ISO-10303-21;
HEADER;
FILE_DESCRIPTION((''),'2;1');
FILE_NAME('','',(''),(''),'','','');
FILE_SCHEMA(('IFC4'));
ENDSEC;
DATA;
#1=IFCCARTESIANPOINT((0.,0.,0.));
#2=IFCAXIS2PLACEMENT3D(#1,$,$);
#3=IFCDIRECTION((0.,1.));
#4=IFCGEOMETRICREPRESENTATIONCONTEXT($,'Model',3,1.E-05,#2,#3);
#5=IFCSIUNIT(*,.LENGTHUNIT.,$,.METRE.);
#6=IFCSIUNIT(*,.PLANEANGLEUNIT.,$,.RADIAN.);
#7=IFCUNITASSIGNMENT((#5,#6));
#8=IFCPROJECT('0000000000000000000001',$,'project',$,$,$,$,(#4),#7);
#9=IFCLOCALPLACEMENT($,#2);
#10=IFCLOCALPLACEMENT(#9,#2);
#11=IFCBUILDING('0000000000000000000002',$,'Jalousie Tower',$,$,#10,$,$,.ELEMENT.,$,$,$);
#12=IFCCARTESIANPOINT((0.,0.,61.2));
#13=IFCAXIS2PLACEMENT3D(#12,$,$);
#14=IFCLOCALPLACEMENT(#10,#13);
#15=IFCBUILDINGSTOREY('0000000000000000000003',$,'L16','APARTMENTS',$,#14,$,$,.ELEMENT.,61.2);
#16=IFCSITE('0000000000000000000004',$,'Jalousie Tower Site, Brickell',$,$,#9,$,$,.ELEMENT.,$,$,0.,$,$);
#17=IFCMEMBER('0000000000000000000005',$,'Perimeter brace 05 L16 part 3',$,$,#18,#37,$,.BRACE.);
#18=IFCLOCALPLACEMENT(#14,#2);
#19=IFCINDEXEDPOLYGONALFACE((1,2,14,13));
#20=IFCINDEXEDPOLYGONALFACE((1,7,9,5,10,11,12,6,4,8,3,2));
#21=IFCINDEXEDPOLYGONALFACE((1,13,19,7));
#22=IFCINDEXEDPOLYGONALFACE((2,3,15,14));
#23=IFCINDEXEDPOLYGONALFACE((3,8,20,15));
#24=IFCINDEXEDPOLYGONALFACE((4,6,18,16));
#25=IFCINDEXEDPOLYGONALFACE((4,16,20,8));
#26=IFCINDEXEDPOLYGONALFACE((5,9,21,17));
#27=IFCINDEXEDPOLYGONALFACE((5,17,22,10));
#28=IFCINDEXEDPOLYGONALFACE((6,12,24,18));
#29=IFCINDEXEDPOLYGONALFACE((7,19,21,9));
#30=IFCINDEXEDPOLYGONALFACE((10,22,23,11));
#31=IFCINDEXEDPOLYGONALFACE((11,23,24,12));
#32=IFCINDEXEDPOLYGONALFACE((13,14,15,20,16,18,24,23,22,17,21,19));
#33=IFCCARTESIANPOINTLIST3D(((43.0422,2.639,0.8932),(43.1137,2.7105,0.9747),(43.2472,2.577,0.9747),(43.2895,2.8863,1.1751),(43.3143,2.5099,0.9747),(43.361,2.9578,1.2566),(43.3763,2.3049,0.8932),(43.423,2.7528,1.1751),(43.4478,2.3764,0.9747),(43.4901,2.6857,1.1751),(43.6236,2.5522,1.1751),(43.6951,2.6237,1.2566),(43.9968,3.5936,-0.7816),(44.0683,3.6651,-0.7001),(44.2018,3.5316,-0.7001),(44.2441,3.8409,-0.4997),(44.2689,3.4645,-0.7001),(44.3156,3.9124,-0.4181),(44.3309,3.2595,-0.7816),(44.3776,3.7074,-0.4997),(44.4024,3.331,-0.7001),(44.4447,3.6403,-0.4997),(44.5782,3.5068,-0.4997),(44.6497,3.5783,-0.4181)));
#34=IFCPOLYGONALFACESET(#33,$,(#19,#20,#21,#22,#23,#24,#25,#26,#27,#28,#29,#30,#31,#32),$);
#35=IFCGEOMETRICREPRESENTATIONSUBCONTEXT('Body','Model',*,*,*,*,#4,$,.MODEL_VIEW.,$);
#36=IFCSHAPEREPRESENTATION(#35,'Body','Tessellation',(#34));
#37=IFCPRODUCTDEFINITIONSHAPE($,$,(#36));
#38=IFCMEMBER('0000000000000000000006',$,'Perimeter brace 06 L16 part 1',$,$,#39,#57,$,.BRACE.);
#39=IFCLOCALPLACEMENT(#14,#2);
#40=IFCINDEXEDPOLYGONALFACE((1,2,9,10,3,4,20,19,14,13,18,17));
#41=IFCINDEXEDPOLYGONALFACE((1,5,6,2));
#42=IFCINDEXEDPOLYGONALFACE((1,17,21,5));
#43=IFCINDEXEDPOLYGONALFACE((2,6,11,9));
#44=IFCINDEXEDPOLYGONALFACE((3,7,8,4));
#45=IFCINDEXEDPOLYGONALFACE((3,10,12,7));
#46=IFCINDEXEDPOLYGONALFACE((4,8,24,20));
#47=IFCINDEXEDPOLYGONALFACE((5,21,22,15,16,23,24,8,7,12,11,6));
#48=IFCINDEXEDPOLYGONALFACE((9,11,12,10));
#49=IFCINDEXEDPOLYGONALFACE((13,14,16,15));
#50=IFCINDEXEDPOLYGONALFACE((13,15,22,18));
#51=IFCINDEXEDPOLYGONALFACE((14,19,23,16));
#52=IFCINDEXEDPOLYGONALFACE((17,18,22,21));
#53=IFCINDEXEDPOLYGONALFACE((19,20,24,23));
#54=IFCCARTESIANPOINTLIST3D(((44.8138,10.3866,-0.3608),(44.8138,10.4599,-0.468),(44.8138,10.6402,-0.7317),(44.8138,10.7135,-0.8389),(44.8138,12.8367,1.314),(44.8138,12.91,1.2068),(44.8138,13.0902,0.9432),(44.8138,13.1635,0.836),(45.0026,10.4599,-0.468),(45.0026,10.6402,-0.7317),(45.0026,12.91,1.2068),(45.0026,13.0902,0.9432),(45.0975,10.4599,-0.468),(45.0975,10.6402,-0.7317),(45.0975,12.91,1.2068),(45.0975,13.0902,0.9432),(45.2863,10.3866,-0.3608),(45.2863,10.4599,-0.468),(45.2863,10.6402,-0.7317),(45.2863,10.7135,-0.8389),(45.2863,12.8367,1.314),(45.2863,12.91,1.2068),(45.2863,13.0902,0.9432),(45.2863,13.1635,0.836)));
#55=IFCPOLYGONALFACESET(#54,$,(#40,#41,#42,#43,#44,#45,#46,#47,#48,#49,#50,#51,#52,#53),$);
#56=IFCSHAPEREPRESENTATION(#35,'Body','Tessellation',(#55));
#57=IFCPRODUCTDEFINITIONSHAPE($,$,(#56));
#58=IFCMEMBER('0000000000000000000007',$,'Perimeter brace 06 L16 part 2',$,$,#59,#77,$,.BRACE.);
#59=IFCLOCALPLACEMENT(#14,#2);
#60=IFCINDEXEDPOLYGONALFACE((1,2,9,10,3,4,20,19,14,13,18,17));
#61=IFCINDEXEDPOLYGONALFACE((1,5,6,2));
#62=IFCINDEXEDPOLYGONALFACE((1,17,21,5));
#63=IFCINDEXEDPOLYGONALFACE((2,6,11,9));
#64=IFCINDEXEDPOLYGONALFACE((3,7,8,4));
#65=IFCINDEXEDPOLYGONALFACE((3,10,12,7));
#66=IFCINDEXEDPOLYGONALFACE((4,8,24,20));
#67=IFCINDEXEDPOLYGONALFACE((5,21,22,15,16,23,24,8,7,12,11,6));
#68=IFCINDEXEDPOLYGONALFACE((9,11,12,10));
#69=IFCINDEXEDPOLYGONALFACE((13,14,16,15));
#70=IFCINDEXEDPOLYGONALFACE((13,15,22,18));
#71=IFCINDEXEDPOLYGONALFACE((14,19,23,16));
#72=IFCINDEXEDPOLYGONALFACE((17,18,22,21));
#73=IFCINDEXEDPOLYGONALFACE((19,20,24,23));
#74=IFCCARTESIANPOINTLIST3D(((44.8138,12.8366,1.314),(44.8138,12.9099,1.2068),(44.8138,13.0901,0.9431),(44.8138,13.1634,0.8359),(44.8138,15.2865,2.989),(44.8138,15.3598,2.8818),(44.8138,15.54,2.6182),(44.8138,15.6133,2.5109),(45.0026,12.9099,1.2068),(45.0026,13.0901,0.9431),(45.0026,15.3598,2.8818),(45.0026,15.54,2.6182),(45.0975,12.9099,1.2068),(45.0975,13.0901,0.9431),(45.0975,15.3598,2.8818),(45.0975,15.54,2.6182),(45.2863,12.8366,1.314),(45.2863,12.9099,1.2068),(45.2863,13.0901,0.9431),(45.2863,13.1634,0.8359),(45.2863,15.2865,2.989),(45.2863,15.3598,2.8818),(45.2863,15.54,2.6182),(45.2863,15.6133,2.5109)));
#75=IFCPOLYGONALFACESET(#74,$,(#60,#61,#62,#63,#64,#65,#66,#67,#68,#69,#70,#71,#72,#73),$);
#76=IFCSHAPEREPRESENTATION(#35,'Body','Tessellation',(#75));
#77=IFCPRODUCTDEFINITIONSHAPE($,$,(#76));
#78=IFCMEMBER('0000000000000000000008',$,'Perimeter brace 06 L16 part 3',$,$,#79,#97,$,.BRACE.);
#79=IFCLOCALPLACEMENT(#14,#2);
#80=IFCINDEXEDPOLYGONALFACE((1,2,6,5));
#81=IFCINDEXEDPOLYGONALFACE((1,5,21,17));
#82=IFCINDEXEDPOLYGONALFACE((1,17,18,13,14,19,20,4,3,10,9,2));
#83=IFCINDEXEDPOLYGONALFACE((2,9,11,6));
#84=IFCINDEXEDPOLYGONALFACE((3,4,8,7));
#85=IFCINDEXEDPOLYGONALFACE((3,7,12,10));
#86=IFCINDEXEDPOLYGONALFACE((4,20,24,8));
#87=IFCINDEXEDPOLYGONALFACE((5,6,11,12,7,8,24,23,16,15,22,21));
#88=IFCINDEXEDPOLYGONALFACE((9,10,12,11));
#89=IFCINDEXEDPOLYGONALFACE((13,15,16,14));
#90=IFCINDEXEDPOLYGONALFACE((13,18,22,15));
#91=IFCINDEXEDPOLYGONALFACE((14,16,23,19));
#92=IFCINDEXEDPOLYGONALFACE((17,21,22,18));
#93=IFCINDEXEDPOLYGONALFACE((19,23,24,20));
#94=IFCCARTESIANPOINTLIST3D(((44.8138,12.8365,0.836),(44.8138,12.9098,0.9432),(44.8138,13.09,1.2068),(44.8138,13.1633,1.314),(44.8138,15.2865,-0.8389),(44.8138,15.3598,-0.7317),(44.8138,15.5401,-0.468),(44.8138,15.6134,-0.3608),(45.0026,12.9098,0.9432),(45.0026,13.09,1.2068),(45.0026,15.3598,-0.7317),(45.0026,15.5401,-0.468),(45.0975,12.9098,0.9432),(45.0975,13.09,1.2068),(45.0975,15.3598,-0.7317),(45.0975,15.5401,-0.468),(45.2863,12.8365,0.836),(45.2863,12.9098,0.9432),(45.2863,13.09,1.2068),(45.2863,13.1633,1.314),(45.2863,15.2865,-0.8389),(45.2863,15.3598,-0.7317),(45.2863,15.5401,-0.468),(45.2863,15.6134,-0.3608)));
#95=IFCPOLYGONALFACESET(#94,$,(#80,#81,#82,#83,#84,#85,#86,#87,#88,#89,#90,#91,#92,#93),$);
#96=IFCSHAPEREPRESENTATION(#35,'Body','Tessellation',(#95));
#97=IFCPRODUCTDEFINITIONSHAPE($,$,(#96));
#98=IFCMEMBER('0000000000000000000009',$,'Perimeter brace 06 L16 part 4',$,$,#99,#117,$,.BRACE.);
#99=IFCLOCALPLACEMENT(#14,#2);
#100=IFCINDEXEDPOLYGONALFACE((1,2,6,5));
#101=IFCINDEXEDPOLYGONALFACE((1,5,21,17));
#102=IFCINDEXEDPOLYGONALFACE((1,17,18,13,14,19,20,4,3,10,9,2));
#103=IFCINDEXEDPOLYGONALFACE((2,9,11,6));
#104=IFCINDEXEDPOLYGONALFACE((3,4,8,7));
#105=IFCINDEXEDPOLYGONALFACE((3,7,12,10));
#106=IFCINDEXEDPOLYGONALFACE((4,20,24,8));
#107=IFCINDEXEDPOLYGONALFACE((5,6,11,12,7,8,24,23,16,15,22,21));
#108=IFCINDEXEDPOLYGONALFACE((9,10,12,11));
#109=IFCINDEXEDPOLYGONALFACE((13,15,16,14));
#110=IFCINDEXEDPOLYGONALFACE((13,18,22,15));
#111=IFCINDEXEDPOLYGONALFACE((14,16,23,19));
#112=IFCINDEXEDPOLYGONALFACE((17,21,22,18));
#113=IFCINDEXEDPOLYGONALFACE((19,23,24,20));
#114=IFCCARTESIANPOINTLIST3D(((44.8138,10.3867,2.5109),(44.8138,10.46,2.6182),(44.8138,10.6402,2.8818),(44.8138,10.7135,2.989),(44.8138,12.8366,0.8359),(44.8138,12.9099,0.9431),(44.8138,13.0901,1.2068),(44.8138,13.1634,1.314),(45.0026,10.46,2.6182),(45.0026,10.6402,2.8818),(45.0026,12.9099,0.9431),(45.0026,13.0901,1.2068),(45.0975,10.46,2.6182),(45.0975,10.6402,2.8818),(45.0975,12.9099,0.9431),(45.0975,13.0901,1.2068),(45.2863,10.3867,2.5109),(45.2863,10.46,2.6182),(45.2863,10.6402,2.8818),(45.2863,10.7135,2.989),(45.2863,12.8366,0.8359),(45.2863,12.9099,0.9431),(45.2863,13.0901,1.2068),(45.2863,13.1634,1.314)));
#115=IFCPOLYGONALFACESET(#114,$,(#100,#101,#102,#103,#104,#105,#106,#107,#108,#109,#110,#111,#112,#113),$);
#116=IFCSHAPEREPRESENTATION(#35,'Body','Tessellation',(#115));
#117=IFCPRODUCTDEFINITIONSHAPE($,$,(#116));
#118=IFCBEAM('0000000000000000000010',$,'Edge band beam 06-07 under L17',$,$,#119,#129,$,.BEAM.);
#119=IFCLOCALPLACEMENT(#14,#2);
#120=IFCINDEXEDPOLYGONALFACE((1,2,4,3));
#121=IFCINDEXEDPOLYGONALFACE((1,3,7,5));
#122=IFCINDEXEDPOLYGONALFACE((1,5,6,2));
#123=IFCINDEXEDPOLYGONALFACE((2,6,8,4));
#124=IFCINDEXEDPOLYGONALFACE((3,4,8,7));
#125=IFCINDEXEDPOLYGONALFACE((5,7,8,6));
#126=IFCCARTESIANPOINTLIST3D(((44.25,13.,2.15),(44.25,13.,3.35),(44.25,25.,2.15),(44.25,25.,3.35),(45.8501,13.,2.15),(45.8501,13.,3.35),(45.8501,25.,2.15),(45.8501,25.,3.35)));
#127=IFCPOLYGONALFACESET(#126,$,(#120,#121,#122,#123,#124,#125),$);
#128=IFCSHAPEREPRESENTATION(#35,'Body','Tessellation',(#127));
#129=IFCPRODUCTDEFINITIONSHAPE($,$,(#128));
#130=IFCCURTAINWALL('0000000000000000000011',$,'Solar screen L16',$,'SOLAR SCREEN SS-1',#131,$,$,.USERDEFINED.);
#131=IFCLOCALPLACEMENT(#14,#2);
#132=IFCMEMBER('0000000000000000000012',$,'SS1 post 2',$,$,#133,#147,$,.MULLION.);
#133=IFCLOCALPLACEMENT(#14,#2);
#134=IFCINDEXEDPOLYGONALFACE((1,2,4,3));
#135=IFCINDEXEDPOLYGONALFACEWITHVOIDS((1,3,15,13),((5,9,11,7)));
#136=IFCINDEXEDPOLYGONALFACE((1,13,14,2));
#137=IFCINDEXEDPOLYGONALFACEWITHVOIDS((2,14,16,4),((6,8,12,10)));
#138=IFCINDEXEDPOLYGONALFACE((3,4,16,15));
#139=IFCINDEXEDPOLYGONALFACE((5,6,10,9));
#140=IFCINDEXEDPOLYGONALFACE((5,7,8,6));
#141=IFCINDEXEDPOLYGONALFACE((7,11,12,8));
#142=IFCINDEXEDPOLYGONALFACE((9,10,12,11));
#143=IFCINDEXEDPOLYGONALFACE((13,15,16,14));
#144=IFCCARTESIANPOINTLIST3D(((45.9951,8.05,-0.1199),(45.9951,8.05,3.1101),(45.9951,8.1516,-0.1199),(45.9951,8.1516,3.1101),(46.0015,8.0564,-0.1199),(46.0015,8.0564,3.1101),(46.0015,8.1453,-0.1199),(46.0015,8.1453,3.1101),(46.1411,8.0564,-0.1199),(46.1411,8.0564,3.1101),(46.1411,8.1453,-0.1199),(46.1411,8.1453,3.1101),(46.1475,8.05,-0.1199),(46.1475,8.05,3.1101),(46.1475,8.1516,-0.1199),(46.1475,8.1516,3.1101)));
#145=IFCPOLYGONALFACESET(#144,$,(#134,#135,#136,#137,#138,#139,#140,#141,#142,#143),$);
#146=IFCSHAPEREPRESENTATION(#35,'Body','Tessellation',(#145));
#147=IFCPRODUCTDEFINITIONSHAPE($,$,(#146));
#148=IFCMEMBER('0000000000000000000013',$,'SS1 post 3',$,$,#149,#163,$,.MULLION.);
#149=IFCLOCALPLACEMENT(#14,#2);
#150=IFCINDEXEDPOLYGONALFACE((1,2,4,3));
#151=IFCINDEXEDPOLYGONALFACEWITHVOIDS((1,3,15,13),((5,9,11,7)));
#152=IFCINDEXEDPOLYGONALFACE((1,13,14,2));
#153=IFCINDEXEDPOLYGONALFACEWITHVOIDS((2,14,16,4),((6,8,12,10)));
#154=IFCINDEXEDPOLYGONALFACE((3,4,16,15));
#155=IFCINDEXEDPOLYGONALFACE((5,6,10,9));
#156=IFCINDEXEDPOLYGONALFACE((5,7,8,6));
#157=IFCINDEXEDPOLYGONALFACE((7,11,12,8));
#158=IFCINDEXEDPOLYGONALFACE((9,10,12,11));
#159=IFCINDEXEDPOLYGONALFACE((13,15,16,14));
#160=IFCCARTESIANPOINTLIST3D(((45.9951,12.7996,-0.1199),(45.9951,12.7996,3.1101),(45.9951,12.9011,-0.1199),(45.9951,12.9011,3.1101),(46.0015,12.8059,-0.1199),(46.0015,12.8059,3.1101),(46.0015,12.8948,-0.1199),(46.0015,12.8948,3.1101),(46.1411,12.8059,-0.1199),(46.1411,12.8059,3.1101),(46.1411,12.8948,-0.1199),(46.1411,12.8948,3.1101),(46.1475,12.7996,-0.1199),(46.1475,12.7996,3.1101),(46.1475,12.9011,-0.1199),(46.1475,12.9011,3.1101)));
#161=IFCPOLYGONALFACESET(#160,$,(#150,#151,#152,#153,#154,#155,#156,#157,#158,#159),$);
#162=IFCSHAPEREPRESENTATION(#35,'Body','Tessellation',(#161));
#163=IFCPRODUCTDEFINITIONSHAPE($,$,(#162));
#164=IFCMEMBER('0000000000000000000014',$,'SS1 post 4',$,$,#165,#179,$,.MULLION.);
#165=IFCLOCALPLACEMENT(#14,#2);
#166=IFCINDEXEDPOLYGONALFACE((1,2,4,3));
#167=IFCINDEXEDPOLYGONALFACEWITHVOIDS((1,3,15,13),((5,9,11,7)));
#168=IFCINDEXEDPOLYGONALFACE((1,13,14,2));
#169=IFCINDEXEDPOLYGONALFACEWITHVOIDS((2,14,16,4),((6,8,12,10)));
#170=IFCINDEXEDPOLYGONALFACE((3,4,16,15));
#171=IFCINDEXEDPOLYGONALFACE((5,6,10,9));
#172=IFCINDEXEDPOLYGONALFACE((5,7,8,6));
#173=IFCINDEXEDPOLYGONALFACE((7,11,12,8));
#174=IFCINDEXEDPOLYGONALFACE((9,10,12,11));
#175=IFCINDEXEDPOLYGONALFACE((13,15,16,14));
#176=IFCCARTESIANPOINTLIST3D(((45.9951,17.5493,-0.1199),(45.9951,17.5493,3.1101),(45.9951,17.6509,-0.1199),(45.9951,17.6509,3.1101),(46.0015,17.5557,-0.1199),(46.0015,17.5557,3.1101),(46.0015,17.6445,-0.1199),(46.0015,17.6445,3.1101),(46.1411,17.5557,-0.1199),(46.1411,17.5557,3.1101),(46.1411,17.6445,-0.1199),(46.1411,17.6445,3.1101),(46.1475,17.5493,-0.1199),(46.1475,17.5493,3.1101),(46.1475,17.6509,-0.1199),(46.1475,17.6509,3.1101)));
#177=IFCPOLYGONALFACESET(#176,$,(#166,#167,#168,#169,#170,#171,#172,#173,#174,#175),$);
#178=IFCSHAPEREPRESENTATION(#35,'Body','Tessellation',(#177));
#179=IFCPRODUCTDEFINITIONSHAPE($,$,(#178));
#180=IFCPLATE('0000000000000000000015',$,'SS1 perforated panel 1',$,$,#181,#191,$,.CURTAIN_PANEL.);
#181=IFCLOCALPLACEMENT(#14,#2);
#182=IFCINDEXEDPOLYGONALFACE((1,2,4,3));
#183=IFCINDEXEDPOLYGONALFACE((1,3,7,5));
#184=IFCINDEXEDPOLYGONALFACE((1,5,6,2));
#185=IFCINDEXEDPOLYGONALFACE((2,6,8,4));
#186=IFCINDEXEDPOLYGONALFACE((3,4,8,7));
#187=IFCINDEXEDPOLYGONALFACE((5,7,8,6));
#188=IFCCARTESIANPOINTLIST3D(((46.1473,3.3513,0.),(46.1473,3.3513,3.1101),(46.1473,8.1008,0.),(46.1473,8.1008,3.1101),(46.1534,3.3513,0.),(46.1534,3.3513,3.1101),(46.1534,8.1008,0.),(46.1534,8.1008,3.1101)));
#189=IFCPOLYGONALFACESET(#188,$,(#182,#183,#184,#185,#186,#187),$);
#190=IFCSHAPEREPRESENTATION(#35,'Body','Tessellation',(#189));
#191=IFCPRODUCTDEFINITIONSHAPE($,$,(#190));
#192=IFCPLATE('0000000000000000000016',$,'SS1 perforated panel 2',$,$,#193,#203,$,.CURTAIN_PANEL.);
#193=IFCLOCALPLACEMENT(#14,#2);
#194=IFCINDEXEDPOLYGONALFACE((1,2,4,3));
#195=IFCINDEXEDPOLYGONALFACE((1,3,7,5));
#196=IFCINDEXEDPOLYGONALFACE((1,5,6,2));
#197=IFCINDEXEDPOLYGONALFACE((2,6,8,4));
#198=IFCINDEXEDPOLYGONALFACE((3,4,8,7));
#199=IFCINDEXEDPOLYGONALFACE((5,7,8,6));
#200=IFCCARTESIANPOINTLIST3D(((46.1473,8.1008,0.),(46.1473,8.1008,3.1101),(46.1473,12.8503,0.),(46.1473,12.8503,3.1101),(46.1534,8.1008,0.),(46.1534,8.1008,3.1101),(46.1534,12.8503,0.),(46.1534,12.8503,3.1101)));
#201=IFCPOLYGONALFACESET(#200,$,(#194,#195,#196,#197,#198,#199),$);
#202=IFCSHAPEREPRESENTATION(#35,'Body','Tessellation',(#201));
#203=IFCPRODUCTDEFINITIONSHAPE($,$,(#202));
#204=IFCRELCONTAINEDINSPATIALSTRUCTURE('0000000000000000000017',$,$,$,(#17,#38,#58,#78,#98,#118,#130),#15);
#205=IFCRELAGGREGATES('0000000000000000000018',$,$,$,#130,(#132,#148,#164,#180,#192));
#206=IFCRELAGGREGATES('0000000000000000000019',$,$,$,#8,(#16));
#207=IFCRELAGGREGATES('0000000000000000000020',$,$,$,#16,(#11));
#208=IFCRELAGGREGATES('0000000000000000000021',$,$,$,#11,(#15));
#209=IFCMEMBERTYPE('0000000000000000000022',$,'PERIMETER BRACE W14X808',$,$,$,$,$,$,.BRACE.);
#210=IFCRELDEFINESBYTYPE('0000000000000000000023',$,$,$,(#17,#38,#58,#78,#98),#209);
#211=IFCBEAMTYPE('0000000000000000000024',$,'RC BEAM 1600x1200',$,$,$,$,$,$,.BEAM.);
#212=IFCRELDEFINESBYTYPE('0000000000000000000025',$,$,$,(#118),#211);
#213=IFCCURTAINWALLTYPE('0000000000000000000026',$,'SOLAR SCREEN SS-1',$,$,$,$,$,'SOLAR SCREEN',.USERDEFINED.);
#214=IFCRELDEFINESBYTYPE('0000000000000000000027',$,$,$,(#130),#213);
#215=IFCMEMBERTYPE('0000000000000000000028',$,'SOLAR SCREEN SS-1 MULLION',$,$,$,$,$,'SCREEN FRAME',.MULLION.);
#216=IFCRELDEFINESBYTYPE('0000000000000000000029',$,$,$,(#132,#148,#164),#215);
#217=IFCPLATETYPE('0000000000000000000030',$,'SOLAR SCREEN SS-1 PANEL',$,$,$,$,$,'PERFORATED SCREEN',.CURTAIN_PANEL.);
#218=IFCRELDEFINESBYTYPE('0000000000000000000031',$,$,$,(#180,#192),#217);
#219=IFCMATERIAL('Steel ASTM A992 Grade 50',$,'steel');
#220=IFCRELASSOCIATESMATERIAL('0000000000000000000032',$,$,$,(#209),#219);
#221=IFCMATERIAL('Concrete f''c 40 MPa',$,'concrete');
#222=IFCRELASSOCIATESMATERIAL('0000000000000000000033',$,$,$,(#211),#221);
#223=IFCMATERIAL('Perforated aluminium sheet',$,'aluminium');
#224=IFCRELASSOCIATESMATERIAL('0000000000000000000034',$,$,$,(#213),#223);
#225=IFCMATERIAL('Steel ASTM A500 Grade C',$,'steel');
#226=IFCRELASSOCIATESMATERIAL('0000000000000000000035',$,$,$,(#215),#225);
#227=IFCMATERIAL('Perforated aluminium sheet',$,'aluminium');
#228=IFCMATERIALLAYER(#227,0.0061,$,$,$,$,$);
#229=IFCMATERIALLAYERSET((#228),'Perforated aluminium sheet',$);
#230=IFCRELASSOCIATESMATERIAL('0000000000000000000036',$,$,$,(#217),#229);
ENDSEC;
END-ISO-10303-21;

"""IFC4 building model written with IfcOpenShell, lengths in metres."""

from ifc_helpers import new_model, si_unit, direction, frame, origin, origin_2d, place, context, subcontext, project, spatial, rectangle, hollow_rectangle, i_section, extrude, material, layer, layer_set, material_profile, profile_set, type_object, element, aggregate, save


model = new_model("IFC4")

# Units and contexts
model_context = context("Model", 3, precision=1e-05, world=origin(), true_north=direction((0.0, 1.0)))
body_context = subcontext(model_context, "Body", "Model", "MODEL_VIEW")
ifc_project = project(units=[si_unit("LENGTHUNIT", "METRE"), si_unit("PLANEANGLEUNIT", "RADIAN")], contexts=[model_context])

# Site, building, storey
site_placement = place(None, origin())
site = spatial("IfcSite", under=ifc_project, at=site_placement, Name="Jalousie Tower Site, Brickell", CompositionType="ELEMENT", RefElevation=0.0)
building_placement = place(site_placement, origin())
building = spatial("IfcBuilding", under=site, at=building_placement, Name="Jalousie Tower", CompositionType="ELEMENT")
storey_placement = place(building_placement, frame((0.0, 0.0, 61.2)))
storey = spatial("IfcBuildingStorey", under=building, at=storey_placement, Name="L16", Description="APARTMENTS", CompositionType="ELEMENT", Elevation=61.2)

# Members
ifc_material_1 = material(Name="Steel ASTM A992 Grade 50", Category="steel")
ifc_material_profile_1 = material_profile(ifc_material_1, i_section(OverallWidth=0.4724, OverallDepth=0.5791, WebThickness=0.095, FlangeThickness=0.1299, at=origin_2d()), Name="W14X808")
ifc_profile_set_1 = profile_set([ifc_material_profile_1], Name="Steel ASTM A992 Grade 50")
member_type_1 = type_object("IfcMemberType", Name="PERIMETER BRACE W14X808", PredefinedType="BRACE", material=ifc_profile_set_1)
member_1_placement = place(storey_placement, frame((44.3232, 3.5859, -0.5999), z_axis=(-0.443758, -0.443758, 0.778562), x_axis=(0.707107, -0.707107, 0.0)))
element("IfcMember", 1, at=member_1_placement, inside=storey, type_object=member_type_1, Name="Perimeter brace 05 L16 part 3", PredefinedType="BRACE", context=body_context, shape_type="SweptSolid", body=[
    extrude(i_section(OverallWidth=0.4724, OverallDepth=0.5791, WebThickness=0.095, FlangeThickness=0.1299, at=origin_2d()), origin(), (0.0, 0.0, 1.0), 2.1511),
])
for number, where, z_axis, x_axis, name in (
    (2, (45.05, 10.55, -0.5999), (0.0, 0.825539, 0.564345), (-1.0, 0.0, 0.0), "Perimeter brace 06 L16 part 1"),
    (3, (45.05, 13.0, 1.075), (0.0, 0.825501, 0.564401), (-1.0, 0.0, 0.0), "Perimeter brace 06 L16 part 2"),
    (4, (45.05, 15.45, -0.5999), (0.0, -0.825539, 0.564345), (1.0, 0.0, 0.0), "Perimeter brace 06 L16 part 3"),
    (5, (45.05, 13.0, 1.075), (0.0, -0.825501, 0.564401), (1.0, 0.0, 0.0), "Perimeter brace 06 L16 part 4"),
):
    element("IfcMember", number, at=place(storey_placement, frame(where, z_axis=z_axis, x_axis=x_axis)), inside=storey, type_object=member_type_1, Name=name, PredefinedType="BRACE", context=body_context, shape_type="SweptSolid", body=[
        extrude(i_section(OverallWidth=0.4724, OverallDepth=0.5791, WebThickness=0.095, FlangeThickness=0.1299, at=origin_2d()), origin(), (0.0, 0.0, 1.0), 2.9678),
    ])

# Beam
ifc_material_2 = material(Name="Concrete f'c 40 MPa", Category="concrete")
ifc_material_profile_2 = material_profile(ifc_material_2, rectangle(XDim=1.6001, YDim=1.2, at=origin_2d()), Name="RC 1600x1200")
ifc_profile_set_2 = profile_set([ifc_material_profile_2], Name="Concrete f'c 40 MPa")
beam_type = type_object("IfcBeamType", Name="RC BEAM 1600x1200", PredefinedType="BEAM", material=ifc_profile_set_2)
beam_placement = place(storey_placement, frame((45.05, 13.0, 2.75), z_axis=(0.0, 1.0, 0.0), x_axis=(-1.0, 0.0, 0.0)))
element("IfcBeam", 6, at=beam_placement, inside=storey, type_object=beam_type, Name="Edge band beam 06-07 under L17", PredefinedType="BEAM", context=body_context, shape_type="SweptSolid", body=[
    extrude(rectangle(XDim=1.6001, YDim=1.2, at=origin_2d()), origin(), (0.0, 0.0, 1.0), 12.0),
])

# Curtain wall, members, plates
ifc_material_3 = material(Name="Perforated aluminium sheet", Category="aluminium")
curtain_wall_type = type_object("IfcCurtainWallType", Name="SOLAR SCREEN SS-1", ElementType="SOLAR SCREEN", PredefinedType="USERDEFINED", material=ifc_material_3)
curtain_wall_placement = place(storey_placement, origin())
curtain_wall = element("IfcCurtainWall", 7, at=curtain_wall_placement, inside=storey, type_object=curtain_wall_type, Name="Solar screen L16", ObjectType="SOLAR SCREEN SS-1", PredefinedType="USERDEFINED")
ifc_material_4 = material(Name="Steel ASTM A500 Grade C", Category="steel")
ifc_material_profile_3 = material_profile(ifc_material_4, hollow_rectangle(XDim=0.1016, YDim=0.1523, WallThickness=0.0063, at=origin_2d()), Name="HSS6X4X1/4")
ifc_profile_set_3 = profile_set([ifc_material_profile_3], Name="Steel ASTM A500 Grade C")
member_type_2 = type_object("IfcMemberType", Name="SOLAR SCREEN SS-1 MULLION", ElementType="SCREEN FRAME", PredefinedType="MULLION", material=ifc_profile_set_3)
member_2_placement = place(storey_placement, frame((46.0713, 8.1008, -0.1199), z_axis=(0.0, 0.0, 1.0), x_axis=(0.0, 1.0, 0.0)))
member_2 = element("IfcMember", 8, at=member_2_placement, type_object=member_type_2, Name="SS1 post 2", PredefinedType="MULLION", context=body_context, shape_type="SweptSolid", body=[
    extrude(hollow_rectangle(XDim=0.1016, YDim=0.1523, WallThickness=0.0063, at=origin_2d()), origin(), (0.0, 0.0, 1.0), 3.23),
])
member_3_placement = place(storey_placement, frame((46.0713, 12.8503, -0.1199), z_axis=(0.0, 0.0, 1.0), x_axis=(0.0, 1.0, 0.0)))
member_3 = element("IfcMember", 9, at=member_3_placement, type_object=member_type_2, Name="SS1 post 3", PredefinedType="MULLION", context=body_context, shape_type="SweptSolid", body=[
    extrude(hollow_rectangle(XDim=0.1016, YDim=0.1523, WallThickness=0.0063, at=origin_2d()), origin(), (0.0, 0.0, 1.0), 3.23),
])
member_4_placement = place(storey_placement, frame((46.0713, 17.6001, -0.1199), z_axis=(0.0, 0.0, 1.0), x_axis=(0.0, 1.0, 0.0)))
member_4 = element("IfcMember", 10, at=member_4_placement, type_object=member_type_2, Name="SS1 post 4", PredefinedType="MULLION", context=body_context, shape_type="SweptSolid", body=[
    extrude(hollow_rectangle(XDim=0.1016, YDim=0.1523, WallThickness=0.0063, at=origin_2d()), origin(), (0.0, 0.0, 1.0), 3.23),
])
ifc_material_5 = material(Name="Perforated aluminium sheet", Category="aluminium")
ifc_layer_1 = layer(ifc_material_5, 0.0061)
ifc_layer_set_1 = layer_set([ifc_layer_1], Name="Perforated aluminium sheet")
plate_type = type_object("IfcPlateType", Name="SOLAR SCREEN SS-1 PANEL", ElementType="PERFORATED SCREEN", PredefinedType="CURTAIN_PANEL", material=ifc_layer_set_1)
plate_1_placement = place(storey_placement, frame((46.1504, 5.7261, 0.0), z_axis=(0.0, 0.0, 1.0), x_axis=(0.0, 1.0, 0.0)))
plate_1 = element("IfcPlate", 11, at=plate_1_placement, type_object=plate_type, Name="SS1 perforated panel 1", PredefinedType="CURTAIN_PANEL", context=body_context, shape_type="SweptSolid", body=[
    extrude(rectangle(XDim=4.7495, YDim=0.0061, at=origin_2d()), origin(), (0.0, 0.0, 1.0), 3.1101),
])
plate_2_placement = place(storey_placement, frame((46.1504, 10.4756, 0.0), z_axis=(0.0, 0.0, 1.0), x_axis=(0.0, 1.0, 0.0)))
plate_2 = element("IfcPlate", 12, at=plate_2_placement, type_object=plate_type, Name="SS1 perforated panel 2", PredefinedType="CURTAIN_PANEL", context=body_context, shape_type="SweptSolid", body=[
    extrude(rectangle(XDim=4.7495, YDim=0.0061, at=origin_2d()), origin(), (0.0, 0.0, 1.0), 3.1101),
])
aggregate(curtain_wall, [member_2, member_3, member_4, plate_1, plate_2])

save(model, "model.ifc")
